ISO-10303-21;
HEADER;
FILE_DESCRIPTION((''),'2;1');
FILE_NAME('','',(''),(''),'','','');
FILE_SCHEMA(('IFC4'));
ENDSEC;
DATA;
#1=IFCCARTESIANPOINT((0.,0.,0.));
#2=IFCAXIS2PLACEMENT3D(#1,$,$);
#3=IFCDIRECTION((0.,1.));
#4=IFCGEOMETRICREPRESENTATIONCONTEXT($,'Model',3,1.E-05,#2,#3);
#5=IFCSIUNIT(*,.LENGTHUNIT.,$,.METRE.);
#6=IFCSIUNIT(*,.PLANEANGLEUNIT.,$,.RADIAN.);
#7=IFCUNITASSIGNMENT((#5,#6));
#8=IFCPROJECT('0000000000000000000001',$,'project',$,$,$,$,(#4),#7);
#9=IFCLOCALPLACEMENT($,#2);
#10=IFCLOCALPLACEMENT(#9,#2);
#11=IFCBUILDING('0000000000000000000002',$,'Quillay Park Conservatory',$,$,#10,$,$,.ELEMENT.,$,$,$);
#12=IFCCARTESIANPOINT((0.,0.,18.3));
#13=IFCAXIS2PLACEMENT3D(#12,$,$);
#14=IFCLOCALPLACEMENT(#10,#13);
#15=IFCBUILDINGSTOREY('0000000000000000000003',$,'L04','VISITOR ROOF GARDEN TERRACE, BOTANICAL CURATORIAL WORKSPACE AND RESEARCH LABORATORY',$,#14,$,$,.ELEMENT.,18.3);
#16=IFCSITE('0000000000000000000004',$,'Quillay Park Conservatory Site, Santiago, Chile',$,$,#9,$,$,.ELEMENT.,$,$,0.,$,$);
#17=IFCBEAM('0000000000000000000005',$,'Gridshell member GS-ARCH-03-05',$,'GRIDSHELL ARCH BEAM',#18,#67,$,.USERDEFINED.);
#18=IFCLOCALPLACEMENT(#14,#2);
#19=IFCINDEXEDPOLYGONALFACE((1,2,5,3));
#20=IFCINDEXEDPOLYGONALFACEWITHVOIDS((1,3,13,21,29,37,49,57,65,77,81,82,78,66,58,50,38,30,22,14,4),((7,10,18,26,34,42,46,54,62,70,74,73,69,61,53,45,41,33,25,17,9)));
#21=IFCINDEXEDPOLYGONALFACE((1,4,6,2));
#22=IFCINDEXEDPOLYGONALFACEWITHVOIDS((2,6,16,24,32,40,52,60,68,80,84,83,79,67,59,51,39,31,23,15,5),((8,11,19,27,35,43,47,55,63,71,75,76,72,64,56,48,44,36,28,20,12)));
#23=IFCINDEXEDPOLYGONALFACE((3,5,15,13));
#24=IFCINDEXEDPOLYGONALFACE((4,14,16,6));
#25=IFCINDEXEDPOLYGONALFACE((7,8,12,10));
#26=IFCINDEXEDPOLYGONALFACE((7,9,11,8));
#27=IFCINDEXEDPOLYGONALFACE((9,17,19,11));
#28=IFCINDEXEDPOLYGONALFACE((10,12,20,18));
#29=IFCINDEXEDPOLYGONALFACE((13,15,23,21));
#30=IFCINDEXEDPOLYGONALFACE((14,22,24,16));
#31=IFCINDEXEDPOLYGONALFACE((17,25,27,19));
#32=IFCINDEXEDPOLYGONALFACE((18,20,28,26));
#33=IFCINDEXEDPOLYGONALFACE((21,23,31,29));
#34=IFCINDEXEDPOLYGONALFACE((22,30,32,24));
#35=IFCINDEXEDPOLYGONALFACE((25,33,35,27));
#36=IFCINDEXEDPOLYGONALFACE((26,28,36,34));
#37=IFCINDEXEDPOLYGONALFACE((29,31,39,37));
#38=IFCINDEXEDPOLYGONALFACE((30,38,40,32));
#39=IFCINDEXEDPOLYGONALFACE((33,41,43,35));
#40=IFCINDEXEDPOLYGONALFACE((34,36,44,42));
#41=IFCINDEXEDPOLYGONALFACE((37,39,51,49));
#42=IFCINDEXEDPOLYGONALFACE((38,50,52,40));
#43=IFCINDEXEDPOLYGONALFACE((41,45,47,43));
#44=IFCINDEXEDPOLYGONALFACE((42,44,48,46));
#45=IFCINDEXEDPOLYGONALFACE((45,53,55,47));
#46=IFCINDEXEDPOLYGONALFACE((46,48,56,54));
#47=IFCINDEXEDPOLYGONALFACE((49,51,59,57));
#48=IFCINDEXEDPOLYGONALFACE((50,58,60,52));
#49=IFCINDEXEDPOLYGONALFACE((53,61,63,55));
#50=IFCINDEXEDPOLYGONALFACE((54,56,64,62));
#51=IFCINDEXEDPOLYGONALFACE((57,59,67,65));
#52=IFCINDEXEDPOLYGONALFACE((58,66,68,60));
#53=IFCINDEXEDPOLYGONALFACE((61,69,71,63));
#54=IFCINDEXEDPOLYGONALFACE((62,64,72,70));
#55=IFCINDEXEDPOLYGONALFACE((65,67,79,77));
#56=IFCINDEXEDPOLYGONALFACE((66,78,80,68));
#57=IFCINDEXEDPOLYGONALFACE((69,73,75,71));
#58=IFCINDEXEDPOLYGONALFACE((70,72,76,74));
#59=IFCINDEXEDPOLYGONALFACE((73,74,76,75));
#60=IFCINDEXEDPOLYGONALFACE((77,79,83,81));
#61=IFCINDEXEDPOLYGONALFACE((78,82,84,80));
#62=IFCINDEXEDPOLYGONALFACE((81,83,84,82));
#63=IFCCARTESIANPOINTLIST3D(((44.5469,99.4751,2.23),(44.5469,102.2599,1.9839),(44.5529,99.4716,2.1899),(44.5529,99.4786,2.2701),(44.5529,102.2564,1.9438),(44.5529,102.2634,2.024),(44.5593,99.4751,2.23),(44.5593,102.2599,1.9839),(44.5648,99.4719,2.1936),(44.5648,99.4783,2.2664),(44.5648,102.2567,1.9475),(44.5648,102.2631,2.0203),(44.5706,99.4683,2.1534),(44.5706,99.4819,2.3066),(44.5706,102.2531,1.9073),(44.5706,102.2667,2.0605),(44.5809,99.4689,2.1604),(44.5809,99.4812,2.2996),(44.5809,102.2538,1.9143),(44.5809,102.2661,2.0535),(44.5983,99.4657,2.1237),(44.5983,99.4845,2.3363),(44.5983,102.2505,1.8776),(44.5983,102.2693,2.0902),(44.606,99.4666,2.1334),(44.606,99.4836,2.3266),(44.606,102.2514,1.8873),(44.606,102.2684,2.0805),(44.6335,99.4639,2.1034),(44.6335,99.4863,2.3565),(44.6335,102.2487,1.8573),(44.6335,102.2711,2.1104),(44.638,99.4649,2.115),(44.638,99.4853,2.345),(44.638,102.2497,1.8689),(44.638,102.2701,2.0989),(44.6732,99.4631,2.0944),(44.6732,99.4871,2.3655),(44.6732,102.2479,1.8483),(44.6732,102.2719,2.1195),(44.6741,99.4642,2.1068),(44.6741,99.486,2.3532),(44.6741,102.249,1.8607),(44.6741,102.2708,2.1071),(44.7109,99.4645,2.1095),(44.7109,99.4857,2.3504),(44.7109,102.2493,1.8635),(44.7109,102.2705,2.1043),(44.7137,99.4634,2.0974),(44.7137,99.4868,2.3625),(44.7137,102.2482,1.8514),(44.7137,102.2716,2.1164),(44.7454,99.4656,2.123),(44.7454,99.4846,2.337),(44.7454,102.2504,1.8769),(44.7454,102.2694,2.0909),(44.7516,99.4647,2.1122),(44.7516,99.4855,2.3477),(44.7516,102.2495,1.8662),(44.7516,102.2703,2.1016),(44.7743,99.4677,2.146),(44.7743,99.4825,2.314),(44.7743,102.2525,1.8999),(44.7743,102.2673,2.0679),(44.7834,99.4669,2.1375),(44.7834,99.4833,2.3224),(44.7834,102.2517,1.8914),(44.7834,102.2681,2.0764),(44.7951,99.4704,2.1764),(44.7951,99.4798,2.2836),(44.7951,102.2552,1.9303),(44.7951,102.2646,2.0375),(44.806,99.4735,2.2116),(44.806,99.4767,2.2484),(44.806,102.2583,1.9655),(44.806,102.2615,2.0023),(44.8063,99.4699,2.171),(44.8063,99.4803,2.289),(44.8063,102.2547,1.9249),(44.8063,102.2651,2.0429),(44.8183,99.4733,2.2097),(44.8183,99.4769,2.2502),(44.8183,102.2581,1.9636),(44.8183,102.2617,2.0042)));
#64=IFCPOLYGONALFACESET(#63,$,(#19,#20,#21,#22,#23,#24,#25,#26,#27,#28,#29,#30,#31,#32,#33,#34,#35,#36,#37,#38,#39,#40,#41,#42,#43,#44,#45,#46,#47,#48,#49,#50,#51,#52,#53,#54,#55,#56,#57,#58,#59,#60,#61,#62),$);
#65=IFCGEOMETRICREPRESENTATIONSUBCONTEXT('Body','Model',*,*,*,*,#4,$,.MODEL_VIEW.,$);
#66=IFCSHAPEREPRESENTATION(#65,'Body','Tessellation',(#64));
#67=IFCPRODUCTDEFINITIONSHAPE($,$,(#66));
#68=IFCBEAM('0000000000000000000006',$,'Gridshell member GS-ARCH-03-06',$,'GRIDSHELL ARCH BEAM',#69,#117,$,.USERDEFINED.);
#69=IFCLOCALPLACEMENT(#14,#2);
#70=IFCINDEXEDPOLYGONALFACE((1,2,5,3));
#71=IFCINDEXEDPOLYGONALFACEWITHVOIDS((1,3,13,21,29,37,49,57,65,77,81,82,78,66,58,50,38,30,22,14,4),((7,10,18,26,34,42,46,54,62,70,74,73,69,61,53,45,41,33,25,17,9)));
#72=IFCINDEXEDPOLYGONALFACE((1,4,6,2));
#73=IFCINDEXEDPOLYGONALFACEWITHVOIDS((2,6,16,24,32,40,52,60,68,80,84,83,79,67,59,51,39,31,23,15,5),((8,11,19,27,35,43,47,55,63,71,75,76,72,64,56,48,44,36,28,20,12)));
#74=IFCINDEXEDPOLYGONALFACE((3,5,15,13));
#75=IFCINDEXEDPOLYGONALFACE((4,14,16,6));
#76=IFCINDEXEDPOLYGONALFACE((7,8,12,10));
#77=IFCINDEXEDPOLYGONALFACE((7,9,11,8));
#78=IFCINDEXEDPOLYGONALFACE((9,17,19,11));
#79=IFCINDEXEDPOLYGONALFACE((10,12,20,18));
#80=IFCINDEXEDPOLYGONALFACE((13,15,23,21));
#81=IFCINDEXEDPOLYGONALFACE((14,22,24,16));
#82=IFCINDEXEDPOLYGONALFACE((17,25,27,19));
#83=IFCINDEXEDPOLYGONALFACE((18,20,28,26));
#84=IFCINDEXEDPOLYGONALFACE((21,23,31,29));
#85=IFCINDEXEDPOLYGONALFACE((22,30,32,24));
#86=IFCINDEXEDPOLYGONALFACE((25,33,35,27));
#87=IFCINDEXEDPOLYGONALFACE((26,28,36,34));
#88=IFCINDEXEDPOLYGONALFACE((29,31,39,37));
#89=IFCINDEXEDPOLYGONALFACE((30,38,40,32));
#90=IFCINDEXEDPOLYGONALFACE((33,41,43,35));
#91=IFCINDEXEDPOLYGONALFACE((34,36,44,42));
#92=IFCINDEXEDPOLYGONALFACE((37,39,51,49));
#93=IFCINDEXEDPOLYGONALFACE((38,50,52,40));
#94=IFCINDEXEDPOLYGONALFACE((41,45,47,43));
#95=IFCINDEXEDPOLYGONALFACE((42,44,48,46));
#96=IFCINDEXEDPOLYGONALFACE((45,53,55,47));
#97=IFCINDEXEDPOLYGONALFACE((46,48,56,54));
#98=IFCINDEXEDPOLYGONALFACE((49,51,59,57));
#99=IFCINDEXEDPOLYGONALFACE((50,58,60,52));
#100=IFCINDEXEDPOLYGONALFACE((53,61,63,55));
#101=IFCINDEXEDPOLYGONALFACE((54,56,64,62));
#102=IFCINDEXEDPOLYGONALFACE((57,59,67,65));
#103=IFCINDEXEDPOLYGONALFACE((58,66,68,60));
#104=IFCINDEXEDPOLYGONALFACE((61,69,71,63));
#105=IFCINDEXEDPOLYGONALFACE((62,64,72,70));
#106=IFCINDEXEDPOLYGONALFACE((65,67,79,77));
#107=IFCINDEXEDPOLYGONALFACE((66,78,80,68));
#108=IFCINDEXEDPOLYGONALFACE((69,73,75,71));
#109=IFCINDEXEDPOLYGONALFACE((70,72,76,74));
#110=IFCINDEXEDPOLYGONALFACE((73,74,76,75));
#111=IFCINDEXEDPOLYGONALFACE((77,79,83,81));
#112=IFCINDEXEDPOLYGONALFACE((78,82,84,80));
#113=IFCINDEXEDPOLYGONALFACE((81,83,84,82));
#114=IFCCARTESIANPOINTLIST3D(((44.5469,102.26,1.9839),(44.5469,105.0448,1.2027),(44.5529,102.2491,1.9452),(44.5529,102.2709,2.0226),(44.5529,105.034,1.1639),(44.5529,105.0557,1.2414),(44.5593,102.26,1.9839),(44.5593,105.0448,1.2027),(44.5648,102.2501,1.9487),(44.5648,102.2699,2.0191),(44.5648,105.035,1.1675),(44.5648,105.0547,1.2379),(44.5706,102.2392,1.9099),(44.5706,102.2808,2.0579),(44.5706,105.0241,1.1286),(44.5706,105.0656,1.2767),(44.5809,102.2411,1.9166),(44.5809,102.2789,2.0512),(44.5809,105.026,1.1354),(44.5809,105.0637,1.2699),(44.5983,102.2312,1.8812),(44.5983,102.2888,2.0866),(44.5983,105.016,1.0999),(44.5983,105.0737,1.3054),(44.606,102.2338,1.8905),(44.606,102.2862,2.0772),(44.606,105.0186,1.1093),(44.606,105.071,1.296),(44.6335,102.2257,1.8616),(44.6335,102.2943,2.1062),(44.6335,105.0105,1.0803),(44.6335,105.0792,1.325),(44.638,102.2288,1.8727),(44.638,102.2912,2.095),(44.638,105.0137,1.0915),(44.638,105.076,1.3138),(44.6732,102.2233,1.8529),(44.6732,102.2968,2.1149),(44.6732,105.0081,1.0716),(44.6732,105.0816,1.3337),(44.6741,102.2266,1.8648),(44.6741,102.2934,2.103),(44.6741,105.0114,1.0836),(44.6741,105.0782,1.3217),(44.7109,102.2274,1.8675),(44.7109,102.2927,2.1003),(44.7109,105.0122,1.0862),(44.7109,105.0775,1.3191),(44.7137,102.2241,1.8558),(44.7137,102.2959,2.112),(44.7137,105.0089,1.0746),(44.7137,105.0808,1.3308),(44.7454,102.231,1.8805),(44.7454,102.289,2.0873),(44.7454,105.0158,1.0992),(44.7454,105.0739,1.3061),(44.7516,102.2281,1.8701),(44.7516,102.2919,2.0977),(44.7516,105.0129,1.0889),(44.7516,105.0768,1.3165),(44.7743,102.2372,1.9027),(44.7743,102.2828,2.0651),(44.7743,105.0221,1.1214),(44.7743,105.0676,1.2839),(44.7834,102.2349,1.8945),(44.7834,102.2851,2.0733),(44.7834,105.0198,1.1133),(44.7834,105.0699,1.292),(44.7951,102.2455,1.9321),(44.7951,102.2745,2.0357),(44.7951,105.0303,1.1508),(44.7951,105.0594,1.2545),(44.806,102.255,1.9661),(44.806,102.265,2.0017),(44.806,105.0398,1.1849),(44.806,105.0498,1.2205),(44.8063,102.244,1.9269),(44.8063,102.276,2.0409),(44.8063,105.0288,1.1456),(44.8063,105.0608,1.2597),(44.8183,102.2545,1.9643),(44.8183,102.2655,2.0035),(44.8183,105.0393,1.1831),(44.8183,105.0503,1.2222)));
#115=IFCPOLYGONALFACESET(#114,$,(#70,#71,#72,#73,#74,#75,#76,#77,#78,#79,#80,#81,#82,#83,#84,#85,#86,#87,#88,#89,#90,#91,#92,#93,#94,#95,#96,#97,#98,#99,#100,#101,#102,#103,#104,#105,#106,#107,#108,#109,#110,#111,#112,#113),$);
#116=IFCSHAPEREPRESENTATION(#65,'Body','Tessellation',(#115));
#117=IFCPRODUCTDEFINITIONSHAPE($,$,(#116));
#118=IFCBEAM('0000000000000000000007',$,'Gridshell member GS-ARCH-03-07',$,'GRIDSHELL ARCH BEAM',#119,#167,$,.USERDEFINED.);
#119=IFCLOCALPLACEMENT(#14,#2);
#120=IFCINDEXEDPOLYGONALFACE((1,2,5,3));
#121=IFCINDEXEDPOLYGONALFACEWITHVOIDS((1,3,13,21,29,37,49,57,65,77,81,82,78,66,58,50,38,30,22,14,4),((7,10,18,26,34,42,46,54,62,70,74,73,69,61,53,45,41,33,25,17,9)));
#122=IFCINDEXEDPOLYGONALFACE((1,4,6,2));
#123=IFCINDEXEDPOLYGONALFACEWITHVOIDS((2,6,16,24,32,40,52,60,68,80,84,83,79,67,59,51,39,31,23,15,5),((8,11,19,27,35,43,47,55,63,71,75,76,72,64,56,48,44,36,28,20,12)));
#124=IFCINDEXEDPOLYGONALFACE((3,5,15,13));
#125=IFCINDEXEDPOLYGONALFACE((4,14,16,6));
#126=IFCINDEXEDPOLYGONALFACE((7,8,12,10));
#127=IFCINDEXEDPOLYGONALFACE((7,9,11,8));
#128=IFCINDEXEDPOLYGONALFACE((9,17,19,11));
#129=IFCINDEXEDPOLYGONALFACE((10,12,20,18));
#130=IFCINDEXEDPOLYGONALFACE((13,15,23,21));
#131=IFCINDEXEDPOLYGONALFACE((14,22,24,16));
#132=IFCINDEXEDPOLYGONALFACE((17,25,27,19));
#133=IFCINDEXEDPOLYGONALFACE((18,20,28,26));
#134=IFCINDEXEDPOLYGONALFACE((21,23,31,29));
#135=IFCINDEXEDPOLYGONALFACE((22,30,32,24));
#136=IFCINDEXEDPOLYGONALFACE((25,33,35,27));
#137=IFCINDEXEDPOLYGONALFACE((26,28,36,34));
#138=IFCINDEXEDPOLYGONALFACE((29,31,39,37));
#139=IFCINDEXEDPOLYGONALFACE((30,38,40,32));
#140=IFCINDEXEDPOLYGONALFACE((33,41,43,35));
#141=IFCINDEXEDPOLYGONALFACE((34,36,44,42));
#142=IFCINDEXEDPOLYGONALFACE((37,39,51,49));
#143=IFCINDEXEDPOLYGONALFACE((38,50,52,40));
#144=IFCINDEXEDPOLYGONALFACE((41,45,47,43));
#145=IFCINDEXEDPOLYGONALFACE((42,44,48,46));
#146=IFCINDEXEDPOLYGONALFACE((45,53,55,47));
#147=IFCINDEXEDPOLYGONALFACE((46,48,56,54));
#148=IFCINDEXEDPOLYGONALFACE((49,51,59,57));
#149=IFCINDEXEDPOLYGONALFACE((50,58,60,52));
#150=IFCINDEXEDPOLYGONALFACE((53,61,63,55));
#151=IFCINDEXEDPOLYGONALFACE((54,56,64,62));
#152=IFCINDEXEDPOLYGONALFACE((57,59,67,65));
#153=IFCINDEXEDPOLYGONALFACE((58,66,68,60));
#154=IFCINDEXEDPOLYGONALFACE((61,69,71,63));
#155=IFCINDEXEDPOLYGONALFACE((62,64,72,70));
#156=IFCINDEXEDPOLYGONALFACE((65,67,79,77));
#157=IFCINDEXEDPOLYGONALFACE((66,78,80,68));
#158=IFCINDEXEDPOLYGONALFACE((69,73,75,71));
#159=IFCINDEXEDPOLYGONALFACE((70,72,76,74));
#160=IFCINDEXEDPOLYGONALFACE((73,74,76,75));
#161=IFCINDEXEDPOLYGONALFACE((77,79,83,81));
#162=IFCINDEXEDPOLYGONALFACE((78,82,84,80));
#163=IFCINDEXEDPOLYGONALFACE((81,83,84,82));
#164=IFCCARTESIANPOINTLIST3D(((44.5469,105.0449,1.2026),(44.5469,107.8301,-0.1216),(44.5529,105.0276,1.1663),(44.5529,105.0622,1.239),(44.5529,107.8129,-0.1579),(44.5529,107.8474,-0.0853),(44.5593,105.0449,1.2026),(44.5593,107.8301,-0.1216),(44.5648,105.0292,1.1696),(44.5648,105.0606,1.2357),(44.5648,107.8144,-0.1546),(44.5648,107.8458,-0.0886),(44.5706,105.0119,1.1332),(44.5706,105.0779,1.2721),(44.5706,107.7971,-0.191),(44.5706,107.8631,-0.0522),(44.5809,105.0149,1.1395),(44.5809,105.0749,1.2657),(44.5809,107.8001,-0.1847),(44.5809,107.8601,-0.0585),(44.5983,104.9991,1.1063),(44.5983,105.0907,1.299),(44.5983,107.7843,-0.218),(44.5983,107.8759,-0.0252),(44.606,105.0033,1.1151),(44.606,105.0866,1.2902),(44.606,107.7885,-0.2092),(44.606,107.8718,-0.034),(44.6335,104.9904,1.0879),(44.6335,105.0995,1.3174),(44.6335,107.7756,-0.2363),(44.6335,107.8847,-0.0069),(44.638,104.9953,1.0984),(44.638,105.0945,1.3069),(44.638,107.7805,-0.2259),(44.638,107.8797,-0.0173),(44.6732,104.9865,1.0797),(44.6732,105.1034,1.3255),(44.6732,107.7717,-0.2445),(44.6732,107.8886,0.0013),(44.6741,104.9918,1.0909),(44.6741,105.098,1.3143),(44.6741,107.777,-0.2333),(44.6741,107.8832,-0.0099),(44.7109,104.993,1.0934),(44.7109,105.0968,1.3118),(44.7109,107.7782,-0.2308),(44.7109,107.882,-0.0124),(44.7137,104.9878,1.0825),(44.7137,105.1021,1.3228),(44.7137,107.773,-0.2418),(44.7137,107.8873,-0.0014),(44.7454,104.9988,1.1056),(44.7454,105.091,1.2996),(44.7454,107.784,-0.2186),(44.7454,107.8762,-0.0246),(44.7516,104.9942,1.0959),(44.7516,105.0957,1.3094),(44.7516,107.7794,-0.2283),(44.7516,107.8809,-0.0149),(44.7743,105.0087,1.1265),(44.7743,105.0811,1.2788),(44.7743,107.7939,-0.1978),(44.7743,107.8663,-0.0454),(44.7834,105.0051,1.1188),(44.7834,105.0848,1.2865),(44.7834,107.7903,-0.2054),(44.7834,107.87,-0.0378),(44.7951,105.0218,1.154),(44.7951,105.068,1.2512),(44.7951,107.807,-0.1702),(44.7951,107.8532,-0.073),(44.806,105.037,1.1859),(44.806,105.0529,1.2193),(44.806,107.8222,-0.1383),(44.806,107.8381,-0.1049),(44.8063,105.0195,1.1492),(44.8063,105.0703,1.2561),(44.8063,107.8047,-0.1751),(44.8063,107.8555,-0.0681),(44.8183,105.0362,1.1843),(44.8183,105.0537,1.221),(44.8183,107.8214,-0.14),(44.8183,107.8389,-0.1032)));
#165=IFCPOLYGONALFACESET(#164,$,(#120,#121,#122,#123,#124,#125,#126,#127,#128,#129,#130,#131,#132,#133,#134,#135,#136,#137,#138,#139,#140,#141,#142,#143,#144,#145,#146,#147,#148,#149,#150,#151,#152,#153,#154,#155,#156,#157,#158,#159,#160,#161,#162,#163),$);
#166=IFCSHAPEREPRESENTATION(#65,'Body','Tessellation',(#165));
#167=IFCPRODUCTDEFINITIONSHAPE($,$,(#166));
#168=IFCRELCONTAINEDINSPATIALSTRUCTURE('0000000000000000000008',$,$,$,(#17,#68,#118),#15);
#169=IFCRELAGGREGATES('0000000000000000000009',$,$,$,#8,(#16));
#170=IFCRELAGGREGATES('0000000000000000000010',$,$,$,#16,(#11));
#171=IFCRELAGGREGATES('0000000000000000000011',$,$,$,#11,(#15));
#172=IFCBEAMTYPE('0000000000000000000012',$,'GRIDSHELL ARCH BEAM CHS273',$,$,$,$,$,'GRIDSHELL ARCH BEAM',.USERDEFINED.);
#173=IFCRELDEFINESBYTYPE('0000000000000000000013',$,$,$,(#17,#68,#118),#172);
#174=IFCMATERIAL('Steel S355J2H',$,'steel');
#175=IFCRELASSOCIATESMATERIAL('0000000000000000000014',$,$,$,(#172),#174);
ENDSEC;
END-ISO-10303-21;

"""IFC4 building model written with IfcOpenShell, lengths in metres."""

from ifc_helpers import new_model, si_unit, direction, frame, origin, origin_2d, place, context, subcontext, project, spatial, hollow_circle, extrude, material, material_profile, profile_set, type_object, element, save


model = new_model("IFC4")

# Units and contexts
model_context = context("Model", 3, precision=1e-05, world=origin(), true_north=direction((0.0, 1.0)))
body_context = subcontext(model_context, "Body", "Model", "MODEL_VIEW")
ifc_project = project(units=[si_unit("LENGTHUNIT", "METRE"), si_unit("PLANEANGLEUNIT", "RADIAN")], contexts=[model_context])

# Site, building, storey
site_placement = place(None, origin())
site = spatial("IfcSite", under=ifc_project, at=site_placement, Name="Quillay Park Conservatory Site, Santiago, Chile", CompositionType="ELEMENT", RefElevation=0.0)
building_placement = place(site_placement, origin())
building = spatial("IfcBuilding", under=site, at=building_placement, Name="Quillay Park Conservatory", CompositionType="ELEMENT")
storey_placement = place(building_placement, frame((0.0, 0.0, 18.3)))
storey = spatial("IfcBuildingStorey", under=building, at=storey_placement, Name="L04", Description="VISITOR ROOF GARDEN TERRACE, BOTANICAL CURATORIAL WORKSPACE AND RESEARCH LABORATORY", CompositionType="ELEMENT", Elevation=18.3)

# Beams
ifc_material_1 = material(Name="Steel S355J2H", Category="steel")
ifc_material_profile_1 = material_profile(ifc_material_1, hollow_circle(Radius=0.1365, WallThickness=0.0125, at=origin_2d()), Name="CHS273x12.5")
ifc_profile_set_1 = profile_set([ifc_material_profile_1], Name="Steel S355J2H")
beam_type = type_object("IfcBeamType", Name="GRIDSHELL ARCH BEAM CHS273", ElementType="GRIDSHELL ARCH BEAM", PredefinedType="USERDEFINED", material=ifc_profile_set_1)
beam_1_placement = place(storey_placement, frame((44.6833, 99.4751, 2.23), z_axis=(0.0, 0.996118, -0.088024), x_axis=(-1.0, 0.0, 0.0)))
element("IfcBeam", 1, at=beam_1_placement, inside=storey, type_object=beam_type, Name="Gridshell member GS-ARCH-03-05", ObjectType="GRIDSHELL ARCH BEAM", PredefinedType="USERDEFINED", context=body_context, shape_type="SweptSolid", body=[
    extrude(hollow_circle(Radius=0.1365, WallThickness=0.0125, at=origin_2d()), origin(), (0.0, 0.0, 1.0), 2.7957),
])
beam_2_placement = place(storey_placement, frame((44.6833, 102.26, 1.9839), z_axis=(0.0, 0.962832, -0.270103), x_axis=(-1.0, 0.0, 0.0)))
element("IfcBeam", 2, at=beam_2_placement, inside=storey, type_object=beam_type, Name="Gridshell member GS-ARCH-03-06", ObjectType="GRIDSHELL ARCH BEAM", PredefinedType="USERDEFINED", context=body_context, shape_type="SweptSolid", body=[
    extrude(hollow_circle(Radius=0.1365, WallThickness=0.0125, at=origin_2d()), origin(), (0.0, 0.0, 1.0), 2.8923),
])
beam_3_placement = place(storey_placement, frame((44.6833, 105.0449, 1.2026), z_axis=(0.0, 0.903118, -0.429393), x_axis=(-1.0, 0.0, 0.0)))
element("IfcBeam", 3, at=beam_3_placement, inside=storey, type_object=beam_type, Name="Gridshell member GS-ARCH-03-07", ObjectType="GRIDSHELL ARCH BEAM", PredefinedType="USERDEFINED", context=body_context, shape_type="SweptSolid", body=[
    extrude(hollow_circle(Radius=0.1365, WallThickness=0.0125, at=origin_2d()), origin(), (0.0, 0.0, 1.0), 3.084),
])

save(model, "model.ifc")
